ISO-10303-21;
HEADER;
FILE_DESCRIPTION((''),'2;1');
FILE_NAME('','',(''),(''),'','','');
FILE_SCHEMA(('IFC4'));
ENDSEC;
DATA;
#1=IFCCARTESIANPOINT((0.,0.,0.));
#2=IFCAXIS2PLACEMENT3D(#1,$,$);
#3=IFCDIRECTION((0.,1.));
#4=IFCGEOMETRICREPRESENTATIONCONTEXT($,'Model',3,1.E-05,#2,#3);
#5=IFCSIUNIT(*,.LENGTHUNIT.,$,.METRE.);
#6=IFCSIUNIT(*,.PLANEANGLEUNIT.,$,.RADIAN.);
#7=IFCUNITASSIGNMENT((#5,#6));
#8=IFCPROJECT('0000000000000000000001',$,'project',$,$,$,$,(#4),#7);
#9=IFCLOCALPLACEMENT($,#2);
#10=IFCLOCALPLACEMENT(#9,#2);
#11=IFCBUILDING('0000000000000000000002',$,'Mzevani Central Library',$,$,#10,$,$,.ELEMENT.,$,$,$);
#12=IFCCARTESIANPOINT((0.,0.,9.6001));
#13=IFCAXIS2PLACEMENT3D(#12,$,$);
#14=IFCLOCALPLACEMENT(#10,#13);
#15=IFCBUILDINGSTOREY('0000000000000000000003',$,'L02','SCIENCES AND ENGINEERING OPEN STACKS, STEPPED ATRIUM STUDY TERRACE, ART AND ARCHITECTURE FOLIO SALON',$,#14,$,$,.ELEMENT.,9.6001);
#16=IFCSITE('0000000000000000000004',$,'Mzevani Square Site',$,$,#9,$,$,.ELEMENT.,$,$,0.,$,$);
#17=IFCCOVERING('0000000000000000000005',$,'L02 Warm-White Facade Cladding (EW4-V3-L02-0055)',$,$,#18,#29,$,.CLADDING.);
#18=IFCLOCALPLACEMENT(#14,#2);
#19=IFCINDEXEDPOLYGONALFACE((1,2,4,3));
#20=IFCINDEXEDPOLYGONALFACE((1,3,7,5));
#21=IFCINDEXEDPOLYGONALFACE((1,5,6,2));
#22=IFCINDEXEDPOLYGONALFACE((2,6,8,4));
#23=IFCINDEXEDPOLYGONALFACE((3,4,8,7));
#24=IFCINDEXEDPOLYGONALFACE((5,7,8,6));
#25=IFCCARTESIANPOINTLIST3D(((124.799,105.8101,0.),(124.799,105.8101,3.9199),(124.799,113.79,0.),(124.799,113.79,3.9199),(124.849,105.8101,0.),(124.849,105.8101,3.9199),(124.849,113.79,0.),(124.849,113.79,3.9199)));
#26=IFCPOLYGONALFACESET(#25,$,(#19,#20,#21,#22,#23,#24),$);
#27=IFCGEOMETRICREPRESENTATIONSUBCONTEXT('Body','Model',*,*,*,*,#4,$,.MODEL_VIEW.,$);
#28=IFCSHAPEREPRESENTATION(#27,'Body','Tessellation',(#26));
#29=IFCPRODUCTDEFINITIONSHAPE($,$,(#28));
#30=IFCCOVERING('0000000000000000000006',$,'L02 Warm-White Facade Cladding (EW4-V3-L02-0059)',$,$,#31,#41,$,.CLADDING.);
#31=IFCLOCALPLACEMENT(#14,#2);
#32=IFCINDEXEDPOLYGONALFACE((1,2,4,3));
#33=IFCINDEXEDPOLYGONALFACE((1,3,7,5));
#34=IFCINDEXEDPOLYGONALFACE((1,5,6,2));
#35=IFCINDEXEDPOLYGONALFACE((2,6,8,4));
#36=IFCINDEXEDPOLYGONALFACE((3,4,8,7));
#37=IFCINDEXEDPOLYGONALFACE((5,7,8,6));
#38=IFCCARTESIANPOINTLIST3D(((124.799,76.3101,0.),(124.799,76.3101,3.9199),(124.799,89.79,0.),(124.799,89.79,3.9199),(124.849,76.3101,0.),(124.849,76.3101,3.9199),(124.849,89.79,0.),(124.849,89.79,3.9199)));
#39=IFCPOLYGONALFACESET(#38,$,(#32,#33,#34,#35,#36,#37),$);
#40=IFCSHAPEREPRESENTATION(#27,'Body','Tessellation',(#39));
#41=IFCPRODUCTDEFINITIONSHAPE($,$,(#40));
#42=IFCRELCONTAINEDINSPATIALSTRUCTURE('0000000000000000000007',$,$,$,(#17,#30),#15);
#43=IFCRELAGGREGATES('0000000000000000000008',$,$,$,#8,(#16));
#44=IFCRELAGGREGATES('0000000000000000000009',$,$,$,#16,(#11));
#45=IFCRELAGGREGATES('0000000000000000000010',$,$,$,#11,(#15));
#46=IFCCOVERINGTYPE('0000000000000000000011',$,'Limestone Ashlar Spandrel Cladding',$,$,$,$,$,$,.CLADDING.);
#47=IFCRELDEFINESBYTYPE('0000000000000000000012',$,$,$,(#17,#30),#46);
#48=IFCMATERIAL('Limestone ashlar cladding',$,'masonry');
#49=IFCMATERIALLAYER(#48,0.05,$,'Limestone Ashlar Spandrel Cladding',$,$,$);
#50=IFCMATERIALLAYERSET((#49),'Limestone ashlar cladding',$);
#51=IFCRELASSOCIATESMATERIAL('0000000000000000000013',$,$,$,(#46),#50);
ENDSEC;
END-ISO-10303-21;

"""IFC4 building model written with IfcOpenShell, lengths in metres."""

from ifc_helpers import new_model, si_unit, direction, frame, origin, origin_2d, place, context, subcontext, project, spatial, rectangle, extrude, material, layer, layer_set, type_object, element, save


model = new_model("IFC4")

# Units and contexts
model_context = context("Model", 3, precision=1e-05, world=origin(), true_north=direction((0.0, 1.0)))
body_context = subcontext(model_context, "Body", "Model", "MODEL_VIEW")
ifc_project = project(units=[si_unit("LENGTHUNIT", "METRE"), si_unit("PLANEANGLEUNIT", "RADIAN")], contexts=[model_context])

# Site, building, storey
site_placement = place(None, origin())
site = spatial("IfcSite", under=ifc_project, at=site_placement, Name="Mzevani Square Site", CompositionType="ELEMENT", RefElevation=0.0)
building_placement = place(site_placement, origin())
building = spatial("IfcBuilding", under=site, at=building_placement, Name="Mzevani Central Library", CompositionType="ELEMENT")
storey_placement = place(building_placement, frame((0.0, 0.0, 9.6001)))
storey = spatial("IfcBuildingStorey", under=building, at=storey_placement, Name="L02", Description="SCIENCES AND ENGINEERING OPEN STACKS, STEPPED ATRIUM STUDY TERRACE, ART AND ARCHITECTURE FOLIO SALON", CompositionType="ELEMENT", Elevation=9.6001)

# Coverings
ifc_material_1 = material(Name="Limestone ashlar cladding", Category="masonry")
ifc_layer_1 = layer(ifc_material_1, 0.05, Name="Limestone Ashlar Spandrel Cladding")
ifc_layer_set_1 = layer_set([ifc_layer_1], Name="Limestone ashlar cladding")
covering_type = type_object("IfcCoveringType", Name="Limestone Ashlar Spandrel Cladding", PredefinedType="CLADDING", material=ifc_layer_set_1)
covering_1_placement = place(storey_placement, frame((124.824, 109.8, 0.0), z_axis=(0.0, 0.0, 1.0), x_axis=(0.0, -1.0, 0.0)))
element("IfcCovering", 1, at=covering_1_placement, inside=storey, type_object=covering_type, Name="L02 Warm-White Facade Cladding (EW4-V3-L02-0055)", PredefinedType="CLADDING", context=body_context, shape_type="SweptSolid", body=[
    extrude(rectangle(XDim=7.98, YDim=0.05, at=origin_2d()), origin(), (0.0, 0.0, 1.0), 3.9199),
])
covering_2_placement = place(storey_placement, frame((124.824, 83.05, 0.0), z_axis=(0.0, 0.0, 1.0), x_axis=(0.0, -1.0, 0.0)))
element("IfcCovering", 2, at=covering_2_placement, inside=storey, type_object=covering_type, Name="L02 Warm-White Facade Cladding (EW4-V3-L02-0059)", PredefinedType="CLADDING", context=body_context, shape_type="SweptSolid", body=[
    extrude(rectangle(XDim=13.48, YDim=0.05, at=origin_2d()), origin(), (0.0, 0.0, 1.0), 3.9199),
])

save(model, "model.ifc")
